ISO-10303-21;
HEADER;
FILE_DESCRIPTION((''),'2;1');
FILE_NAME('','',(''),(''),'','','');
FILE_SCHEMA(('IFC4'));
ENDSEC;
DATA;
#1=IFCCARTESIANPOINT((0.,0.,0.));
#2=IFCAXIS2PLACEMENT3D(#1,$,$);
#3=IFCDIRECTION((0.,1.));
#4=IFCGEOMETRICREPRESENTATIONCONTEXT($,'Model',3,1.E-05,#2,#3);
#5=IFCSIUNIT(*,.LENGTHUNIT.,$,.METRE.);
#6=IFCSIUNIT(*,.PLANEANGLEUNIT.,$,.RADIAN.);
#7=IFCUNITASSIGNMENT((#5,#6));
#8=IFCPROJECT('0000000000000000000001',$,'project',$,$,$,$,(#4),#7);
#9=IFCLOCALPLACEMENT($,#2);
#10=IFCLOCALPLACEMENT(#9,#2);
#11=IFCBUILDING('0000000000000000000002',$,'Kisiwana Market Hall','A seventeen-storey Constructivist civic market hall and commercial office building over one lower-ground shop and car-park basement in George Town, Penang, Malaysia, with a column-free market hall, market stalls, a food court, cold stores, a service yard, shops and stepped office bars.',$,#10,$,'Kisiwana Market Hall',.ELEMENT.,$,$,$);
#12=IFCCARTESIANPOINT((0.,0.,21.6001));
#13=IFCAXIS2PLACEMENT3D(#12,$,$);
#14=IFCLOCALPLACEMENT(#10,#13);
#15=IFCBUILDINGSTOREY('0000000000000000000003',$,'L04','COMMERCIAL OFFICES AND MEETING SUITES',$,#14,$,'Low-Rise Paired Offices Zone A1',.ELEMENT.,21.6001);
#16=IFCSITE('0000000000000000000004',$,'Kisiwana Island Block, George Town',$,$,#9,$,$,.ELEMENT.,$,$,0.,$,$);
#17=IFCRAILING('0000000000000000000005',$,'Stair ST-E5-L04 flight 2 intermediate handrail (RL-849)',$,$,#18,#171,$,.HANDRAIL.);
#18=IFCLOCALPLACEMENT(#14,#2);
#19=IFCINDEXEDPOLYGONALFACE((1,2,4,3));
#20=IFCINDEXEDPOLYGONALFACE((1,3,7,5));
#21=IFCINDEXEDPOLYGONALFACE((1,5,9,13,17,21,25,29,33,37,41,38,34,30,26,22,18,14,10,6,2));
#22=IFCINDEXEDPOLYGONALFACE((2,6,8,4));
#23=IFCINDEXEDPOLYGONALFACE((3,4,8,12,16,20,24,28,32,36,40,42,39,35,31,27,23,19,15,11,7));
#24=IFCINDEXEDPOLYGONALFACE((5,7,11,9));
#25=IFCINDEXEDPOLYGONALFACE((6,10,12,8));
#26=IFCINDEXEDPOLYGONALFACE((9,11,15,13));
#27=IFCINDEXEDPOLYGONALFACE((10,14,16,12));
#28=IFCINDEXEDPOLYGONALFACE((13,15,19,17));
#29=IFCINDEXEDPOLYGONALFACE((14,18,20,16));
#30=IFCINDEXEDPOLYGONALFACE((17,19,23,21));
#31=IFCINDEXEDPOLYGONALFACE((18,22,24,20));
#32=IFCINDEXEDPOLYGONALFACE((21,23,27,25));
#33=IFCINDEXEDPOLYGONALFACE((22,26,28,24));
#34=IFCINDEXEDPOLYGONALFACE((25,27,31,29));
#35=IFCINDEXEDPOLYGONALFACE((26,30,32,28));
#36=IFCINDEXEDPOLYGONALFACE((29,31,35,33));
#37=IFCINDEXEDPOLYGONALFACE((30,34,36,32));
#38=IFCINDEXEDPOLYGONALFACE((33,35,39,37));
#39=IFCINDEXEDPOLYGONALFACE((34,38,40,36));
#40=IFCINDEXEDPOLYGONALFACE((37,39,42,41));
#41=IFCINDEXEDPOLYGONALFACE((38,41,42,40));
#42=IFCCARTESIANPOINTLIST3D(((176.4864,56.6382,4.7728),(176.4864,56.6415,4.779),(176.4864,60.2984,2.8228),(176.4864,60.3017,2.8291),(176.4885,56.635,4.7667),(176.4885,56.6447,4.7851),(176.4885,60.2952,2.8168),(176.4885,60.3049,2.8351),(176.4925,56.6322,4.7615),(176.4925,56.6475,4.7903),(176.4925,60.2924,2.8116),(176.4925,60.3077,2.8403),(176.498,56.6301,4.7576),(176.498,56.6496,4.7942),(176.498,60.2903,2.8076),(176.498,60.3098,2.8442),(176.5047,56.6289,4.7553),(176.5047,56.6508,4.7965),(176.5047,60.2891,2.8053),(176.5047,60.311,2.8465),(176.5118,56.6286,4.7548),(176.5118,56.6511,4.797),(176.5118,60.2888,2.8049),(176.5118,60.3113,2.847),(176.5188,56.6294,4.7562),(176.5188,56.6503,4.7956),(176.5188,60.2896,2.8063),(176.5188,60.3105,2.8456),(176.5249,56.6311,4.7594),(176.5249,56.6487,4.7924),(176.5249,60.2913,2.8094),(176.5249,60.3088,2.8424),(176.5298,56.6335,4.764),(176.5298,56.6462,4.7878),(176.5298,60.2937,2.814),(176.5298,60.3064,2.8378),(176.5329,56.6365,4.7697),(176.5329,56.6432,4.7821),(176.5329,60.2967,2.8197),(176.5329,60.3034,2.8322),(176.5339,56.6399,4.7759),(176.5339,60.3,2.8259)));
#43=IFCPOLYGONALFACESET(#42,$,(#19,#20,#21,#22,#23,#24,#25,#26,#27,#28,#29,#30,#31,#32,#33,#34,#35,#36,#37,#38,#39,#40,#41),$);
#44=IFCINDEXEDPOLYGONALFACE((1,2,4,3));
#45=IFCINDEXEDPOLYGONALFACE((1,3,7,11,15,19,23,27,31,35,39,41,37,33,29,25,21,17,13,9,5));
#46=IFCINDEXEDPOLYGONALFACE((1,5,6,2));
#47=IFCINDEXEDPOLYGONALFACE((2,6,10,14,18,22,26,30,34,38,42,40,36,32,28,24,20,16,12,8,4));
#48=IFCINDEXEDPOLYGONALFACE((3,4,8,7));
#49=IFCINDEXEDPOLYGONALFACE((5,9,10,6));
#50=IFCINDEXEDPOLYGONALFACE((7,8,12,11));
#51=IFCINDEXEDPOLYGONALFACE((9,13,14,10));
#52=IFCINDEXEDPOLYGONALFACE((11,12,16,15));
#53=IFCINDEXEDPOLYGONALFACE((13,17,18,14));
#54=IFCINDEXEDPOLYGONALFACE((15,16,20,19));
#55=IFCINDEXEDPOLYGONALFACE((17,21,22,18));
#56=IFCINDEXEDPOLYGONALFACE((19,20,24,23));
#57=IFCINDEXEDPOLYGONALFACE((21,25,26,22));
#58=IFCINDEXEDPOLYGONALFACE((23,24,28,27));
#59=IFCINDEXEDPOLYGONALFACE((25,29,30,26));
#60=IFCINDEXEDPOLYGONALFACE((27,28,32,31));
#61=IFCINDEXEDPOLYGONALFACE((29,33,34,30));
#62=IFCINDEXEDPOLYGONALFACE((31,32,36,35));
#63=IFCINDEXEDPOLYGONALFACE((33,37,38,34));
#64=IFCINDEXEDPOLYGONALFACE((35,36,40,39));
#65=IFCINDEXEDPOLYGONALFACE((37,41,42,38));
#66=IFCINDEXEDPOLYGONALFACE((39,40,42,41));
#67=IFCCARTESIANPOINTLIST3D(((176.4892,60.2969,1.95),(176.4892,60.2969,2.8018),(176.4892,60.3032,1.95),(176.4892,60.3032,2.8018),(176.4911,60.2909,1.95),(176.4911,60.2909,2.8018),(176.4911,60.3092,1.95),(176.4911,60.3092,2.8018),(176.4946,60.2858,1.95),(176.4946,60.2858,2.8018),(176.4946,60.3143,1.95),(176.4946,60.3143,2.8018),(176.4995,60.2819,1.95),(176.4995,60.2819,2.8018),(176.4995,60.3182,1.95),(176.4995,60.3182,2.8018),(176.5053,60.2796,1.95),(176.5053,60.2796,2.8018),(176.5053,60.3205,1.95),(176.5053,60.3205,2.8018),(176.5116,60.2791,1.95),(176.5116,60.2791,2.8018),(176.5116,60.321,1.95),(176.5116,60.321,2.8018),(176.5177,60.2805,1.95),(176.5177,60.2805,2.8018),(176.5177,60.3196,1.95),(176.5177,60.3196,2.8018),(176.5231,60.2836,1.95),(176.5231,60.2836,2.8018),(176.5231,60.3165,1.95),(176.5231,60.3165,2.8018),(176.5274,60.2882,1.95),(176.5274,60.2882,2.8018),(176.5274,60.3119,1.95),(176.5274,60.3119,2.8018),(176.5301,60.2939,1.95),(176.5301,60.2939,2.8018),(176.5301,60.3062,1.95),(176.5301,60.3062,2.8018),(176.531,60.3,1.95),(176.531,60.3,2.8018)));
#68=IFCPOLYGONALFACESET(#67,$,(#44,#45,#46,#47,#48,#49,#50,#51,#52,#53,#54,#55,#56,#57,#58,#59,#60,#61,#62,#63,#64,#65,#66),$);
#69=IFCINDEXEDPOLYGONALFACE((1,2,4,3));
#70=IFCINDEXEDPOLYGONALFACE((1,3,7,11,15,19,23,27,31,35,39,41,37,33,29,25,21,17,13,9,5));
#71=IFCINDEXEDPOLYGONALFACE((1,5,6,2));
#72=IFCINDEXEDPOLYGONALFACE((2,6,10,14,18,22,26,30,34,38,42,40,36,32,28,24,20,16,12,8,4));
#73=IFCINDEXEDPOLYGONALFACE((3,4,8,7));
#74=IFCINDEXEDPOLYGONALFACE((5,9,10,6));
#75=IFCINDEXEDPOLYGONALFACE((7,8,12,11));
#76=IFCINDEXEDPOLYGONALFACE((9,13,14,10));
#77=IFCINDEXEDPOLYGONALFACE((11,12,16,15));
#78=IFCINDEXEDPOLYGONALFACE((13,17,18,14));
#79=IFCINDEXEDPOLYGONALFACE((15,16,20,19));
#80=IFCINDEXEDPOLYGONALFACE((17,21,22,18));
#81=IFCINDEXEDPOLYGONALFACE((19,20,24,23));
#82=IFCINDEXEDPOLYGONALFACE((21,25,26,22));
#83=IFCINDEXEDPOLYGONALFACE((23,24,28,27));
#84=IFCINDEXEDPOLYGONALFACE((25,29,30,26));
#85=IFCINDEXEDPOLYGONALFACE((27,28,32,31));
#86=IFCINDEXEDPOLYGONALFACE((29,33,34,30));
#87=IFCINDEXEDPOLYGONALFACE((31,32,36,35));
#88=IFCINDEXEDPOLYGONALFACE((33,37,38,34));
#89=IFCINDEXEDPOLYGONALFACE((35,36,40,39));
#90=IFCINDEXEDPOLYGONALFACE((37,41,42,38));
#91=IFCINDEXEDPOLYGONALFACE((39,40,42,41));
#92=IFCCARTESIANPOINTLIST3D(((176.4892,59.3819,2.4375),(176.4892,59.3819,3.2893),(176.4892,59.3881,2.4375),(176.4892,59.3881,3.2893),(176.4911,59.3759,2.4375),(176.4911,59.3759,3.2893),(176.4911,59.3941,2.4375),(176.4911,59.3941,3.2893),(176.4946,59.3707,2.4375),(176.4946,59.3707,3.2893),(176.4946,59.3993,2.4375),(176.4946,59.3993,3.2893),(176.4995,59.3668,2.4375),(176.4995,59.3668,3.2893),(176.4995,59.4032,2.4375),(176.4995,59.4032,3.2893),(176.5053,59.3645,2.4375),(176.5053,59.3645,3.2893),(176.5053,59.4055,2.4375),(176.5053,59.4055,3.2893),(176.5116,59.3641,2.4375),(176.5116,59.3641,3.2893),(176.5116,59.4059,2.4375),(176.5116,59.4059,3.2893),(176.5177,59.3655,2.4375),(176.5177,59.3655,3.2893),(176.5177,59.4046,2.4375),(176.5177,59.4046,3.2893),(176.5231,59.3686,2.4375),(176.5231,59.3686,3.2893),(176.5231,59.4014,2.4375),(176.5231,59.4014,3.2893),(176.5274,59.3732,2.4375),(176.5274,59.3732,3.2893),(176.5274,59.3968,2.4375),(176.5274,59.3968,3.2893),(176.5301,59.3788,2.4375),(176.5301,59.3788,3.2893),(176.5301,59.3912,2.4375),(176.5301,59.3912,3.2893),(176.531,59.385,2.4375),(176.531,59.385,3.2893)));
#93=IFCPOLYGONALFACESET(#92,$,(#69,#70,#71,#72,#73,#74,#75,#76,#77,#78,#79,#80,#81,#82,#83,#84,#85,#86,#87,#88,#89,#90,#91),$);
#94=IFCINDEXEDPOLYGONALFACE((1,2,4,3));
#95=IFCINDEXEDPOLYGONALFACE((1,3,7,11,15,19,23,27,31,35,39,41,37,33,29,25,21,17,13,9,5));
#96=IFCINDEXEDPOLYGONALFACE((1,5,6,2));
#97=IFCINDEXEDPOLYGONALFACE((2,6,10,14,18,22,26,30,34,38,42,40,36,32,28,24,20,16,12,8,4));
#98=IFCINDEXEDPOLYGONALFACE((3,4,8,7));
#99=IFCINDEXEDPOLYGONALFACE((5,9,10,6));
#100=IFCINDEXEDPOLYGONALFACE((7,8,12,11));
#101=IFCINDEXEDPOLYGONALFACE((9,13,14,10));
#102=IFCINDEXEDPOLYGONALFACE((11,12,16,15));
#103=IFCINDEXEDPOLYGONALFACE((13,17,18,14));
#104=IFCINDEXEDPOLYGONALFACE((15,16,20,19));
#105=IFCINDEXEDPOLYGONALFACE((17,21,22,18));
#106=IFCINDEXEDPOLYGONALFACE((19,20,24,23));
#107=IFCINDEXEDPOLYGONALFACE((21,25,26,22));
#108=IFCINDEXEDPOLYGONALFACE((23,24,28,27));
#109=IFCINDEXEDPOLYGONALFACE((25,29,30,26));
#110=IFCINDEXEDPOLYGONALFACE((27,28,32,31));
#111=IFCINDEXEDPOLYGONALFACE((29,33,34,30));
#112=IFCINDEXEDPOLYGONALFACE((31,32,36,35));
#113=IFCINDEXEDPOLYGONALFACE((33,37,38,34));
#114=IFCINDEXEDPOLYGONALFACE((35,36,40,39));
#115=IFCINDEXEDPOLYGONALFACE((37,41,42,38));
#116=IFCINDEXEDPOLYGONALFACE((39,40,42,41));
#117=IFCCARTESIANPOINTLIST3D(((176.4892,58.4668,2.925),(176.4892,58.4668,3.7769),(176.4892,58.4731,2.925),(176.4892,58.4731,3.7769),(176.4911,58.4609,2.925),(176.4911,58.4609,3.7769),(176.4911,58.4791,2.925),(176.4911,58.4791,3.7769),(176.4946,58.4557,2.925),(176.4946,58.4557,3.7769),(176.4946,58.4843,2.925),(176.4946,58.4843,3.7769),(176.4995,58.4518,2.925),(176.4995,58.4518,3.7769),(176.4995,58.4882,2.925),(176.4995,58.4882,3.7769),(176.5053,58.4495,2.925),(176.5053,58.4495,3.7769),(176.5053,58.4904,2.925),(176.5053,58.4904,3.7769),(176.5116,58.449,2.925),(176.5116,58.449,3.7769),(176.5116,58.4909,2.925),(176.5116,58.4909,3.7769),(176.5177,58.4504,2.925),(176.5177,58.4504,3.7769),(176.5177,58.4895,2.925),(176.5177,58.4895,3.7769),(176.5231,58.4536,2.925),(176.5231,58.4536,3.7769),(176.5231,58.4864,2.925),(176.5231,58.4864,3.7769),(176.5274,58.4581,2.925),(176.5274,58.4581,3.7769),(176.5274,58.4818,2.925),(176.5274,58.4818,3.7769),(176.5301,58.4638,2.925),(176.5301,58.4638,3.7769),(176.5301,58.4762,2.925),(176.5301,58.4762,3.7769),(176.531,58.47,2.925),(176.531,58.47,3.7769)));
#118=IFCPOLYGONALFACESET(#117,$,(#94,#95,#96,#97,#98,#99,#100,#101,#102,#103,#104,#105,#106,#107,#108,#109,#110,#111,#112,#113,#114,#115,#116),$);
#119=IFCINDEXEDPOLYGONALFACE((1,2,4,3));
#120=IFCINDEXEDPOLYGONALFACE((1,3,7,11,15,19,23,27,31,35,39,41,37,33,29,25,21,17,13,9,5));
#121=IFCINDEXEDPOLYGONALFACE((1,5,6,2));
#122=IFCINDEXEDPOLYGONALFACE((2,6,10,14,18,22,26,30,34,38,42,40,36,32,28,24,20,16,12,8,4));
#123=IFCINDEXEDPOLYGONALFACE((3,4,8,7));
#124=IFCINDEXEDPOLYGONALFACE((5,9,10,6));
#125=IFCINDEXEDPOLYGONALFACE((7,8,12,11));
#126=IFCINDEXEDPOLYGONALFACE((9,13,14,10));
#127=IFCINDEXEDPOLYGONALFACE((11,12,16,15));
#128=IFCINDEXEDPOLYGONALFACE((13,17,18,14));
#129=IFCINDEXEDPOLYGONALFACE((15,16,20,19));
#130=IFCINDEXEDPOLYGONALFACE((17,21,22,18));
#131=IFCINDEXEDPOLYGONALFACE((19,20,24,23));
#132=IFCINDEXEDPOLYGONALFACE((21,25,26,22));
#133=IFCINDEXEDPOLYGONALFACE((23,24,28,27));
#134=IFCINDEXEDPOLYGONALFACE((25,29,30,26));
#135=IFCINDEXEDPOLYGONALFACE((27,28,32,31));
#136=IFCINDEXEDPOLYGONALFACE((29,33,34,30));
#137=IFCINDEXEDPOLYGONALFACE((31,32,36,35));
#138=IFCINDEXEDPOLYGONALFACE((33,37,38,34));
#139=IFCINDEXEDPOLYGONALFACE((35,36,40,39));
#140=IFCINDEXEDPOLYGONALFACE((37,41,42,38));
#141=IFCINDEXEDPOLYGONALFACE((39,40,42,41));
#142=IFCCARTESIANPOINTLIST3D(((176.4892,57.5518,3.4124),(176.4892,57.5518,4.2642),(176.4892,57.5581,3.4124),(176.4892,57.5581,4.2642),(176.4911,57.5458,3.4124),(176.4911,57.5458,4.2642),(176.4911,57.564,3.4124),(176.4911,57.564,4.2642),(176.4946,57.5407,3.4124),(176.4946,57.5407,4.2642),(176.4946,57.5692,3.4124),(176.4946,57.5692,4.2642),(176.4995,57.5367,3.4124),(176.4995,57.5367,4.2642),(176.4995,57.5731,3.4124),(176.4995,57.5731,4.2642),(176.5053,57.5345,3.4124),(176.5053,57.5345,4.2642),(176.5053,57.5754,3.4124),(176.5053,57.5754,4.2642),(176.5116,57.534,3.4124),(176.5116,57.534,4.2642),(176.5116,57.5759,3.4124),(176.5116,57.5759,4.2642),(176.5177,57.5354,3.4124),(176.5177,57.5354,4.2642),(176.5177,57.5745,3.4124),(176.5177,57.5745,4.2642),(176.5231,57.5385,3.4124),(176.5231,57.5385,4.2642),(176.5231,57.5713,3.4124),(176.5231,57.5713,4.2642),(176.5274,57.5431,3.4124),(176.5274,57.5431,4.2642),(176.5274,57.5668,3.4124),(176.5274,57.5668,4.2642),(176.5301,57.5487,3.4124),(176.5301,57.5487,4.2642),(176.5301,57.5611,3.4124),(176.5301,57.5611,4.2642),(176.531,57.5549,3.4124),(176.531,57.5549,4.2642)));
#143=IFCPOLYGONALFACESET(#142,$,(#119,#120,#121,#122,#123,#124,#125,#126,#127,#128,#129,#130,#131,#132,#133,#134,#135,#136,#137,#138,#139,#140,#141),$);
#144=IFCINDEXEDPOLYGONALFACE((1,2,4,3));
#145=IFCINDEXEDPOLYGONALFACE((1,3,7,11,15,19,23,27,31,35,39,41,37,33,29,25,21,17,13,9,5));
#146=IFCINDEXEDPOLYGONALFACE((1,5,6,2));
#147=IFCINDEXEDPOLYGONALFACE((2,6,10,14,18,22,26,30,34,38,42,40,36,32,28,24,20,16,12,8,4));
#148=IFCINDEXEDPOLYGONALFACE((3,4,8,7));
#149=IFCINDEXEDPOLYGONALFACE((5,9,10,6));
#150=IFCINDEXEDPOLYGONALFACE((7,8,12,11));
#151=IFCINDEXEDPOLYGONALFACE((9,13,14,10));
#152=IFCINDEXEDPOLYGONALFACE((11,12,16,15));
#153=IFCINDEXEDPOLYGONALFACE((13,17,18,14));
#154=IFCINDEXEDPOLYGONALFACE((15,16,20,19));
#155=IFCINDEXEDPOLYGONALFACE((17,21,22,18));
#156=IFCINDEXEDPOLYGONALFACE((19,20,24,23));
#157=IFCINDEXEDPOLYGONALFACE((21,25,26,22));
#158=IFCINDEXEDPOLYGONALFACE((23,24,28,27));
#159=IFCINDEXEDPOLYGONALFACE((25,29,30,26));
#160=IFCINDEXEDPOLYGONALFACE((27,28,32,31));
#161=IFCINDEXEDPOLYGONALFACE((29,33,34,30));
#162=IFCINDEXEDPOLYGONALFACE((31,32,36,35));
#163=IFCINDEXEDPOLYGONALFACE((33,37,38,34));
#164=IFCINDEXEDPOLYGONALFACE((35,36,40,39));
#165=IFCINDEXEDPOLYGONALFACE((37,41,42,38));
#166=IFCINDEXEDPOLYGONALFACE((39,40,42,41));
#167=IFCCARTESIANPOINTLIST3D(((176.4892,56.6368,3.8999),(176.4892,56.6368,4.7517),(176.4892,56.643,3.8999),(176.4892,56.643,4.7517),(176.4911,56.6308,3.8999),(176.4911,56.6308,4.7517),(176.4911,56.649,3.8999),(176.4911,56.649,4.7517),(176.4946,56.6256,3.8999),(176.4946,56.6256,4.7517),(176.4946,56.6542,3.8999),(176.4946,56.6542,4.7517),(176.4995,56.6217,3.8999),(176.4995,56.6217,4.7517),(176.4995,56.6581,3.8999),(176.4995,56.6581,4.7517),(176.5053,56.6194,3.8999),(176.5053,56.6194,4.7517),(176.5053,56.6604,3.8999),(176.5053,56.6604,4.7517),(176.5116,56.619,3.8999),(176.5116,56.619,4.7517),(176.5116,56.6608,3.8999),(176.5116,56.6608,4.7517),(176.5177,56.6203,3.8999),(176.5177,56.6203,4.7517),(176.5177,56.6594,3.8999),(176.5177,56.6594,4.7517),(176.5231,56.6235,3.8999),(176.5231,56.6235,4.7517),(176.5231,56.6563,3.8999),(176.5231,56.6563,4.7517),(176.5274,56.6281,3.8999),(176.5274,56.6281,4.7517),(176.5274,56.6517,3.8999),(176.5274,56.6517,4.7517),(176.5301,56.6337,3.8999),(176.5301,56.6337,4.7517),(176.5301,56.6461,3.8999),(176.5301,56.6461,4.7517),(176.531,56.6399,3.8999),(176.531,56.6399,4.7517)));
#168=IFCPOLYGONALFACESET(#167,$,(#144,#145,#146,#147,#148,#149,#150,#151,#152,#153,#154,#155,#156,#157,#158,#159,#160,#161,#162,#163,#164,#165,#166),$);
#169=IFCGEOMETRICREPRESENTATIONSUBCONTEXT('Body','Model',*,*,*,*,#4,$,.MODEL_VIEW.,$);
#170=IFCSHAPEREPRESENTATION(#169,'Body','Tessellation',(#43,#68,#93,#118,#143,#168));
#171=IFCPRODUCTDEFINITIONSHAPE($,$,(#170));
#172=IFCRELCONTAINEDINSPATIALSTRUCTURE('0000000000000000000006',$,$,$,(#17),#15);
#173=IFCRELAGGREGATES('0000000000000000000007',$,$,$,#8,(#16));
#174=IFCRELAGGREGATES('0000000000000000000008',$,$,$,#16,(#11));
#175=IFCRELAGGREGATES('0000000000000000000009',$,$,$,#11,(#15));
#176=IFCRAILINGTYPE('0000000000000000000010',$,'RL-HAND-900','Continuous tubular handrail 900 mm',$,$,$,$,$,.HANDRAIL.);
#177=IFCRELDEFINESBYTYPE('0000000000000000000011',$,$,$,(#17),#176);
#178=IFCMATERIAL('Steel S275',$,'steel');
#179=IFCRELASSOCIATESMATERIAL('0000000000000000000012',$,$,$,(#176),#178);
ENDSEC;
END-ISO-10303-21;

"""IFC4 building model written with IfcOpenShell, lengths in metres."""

from ifc_helpers import new_model, si_unit, direction, frame, origin, origin_2d, place, context, subcontext, project, spatial, circle, extrude, material, type_object, element, save


model = new_model("IFC4")

# Units and contexts
model_context = context("Model", 3, precision=1e-05, world=origin(), true_north=direction((0.0, 1.0)))
body_context = subcontext(model_context, "Body", "Model", "MODEL_VIEW")
ifc_project = project(units=[si_unit("LENGTHUNIT", "METRE"), si_unit("PLANEANGLEUNIT", "RADIAN")], contexts=[model_context])

# Site, building, storey
site_placement = place(None, origin())
site = spatial("IfcSite", under=ifc_project, at=site_placement, Name="Kisiwana Island Block, George Town", CompositionType="ELEMENT", RefElevation=0.0)
building_placement = place(site_placement, origin())
building = spatial("IfcBuilding", under=site, at=building_placement, Name="Kisiwana Market Hall", Description="A seventeen-storey Constructivist civic market hall and commercial office building over one lower-ground shop and car-park basement in George Town, Penang, Malaysia, with a column-free market hall, market stalls, a food court, cold stores, a service yard, shops and stepped office bars.", LongName="Kisiwana Market Hall", CompositionType="ELEMENT")
storey_placement = place(building_placement, frame((0.0, 0.0, 21.6001)))
storey = spatial("IfcBuildingStorey", under=building, at=storey_placement, Name="L04", Description="COMMERCIAL OFFICES AND MEETING SUITES", LongName="Low-Rise Paired Offices Zone A1", CompositionType="ELEMENT", Elevation=21.6001)

# Railing
ifc_material_1 = material(Name="Steel S275", Category="steel")
railing_type_1 = type_object("IfcRailingType", Name="RL-HAND-900", Description="Continuous tubular handrail 900 mm", PredefinedType="HANDRAIL", material=ifc_material_1)
for number, where, name in (
    (1, (176.51, 60.3, 1.95), "Stair ST-E5-L04 flight 2 intermediate handrail (RL-849)"),
):
    element("IfcRailing", number, at=place(storey_placement, frame(where)), inside=storey, type_object=railing_type_1, Name=name, PredefinedType="HANDRAIL", context=body_context, shape_type="SweptSolid", body=[
        extrude(circle(Radius=0.0239, at=origin_2d()), frame((0.0, 0.0, 0.876), z_axis=(0.0, -0.882566, 0.470188), x_axis=(1.0, 0.0, 0.0)), (0.0, 0.0, 1.0), 4.1472),
        extrude(circle(Radius=0.021, at=origin_2d()), origin(), (0.0, 0.0, 1.0), 0.8518),
        extrude(circle(Radius=0.021, at=origin_2d()), frame((0.0, -0.915, 0.4875)), (0.0, 0.0, 1.0), 0.8518),
        extrude(circle(Radius=0.021, at=origin_2d()), frame((0.0, -1.8301, 0.9751)), (0.0, 0.0, 1.0), 0.8518),
        extrude(circle(Radius=0.021, at=origin_2d()), frame((0.0, -2.7451, 1.4624)), (0.0, 0.0, 1.0), 0.8518),
        extrude(circle(Radius=0.021, at=origin_2d()), frame((0.0, -3.6602, 1.95)), (0.0, 0.0, 1.0), 0.8518),
    ])

save(model, "model.ifc")
